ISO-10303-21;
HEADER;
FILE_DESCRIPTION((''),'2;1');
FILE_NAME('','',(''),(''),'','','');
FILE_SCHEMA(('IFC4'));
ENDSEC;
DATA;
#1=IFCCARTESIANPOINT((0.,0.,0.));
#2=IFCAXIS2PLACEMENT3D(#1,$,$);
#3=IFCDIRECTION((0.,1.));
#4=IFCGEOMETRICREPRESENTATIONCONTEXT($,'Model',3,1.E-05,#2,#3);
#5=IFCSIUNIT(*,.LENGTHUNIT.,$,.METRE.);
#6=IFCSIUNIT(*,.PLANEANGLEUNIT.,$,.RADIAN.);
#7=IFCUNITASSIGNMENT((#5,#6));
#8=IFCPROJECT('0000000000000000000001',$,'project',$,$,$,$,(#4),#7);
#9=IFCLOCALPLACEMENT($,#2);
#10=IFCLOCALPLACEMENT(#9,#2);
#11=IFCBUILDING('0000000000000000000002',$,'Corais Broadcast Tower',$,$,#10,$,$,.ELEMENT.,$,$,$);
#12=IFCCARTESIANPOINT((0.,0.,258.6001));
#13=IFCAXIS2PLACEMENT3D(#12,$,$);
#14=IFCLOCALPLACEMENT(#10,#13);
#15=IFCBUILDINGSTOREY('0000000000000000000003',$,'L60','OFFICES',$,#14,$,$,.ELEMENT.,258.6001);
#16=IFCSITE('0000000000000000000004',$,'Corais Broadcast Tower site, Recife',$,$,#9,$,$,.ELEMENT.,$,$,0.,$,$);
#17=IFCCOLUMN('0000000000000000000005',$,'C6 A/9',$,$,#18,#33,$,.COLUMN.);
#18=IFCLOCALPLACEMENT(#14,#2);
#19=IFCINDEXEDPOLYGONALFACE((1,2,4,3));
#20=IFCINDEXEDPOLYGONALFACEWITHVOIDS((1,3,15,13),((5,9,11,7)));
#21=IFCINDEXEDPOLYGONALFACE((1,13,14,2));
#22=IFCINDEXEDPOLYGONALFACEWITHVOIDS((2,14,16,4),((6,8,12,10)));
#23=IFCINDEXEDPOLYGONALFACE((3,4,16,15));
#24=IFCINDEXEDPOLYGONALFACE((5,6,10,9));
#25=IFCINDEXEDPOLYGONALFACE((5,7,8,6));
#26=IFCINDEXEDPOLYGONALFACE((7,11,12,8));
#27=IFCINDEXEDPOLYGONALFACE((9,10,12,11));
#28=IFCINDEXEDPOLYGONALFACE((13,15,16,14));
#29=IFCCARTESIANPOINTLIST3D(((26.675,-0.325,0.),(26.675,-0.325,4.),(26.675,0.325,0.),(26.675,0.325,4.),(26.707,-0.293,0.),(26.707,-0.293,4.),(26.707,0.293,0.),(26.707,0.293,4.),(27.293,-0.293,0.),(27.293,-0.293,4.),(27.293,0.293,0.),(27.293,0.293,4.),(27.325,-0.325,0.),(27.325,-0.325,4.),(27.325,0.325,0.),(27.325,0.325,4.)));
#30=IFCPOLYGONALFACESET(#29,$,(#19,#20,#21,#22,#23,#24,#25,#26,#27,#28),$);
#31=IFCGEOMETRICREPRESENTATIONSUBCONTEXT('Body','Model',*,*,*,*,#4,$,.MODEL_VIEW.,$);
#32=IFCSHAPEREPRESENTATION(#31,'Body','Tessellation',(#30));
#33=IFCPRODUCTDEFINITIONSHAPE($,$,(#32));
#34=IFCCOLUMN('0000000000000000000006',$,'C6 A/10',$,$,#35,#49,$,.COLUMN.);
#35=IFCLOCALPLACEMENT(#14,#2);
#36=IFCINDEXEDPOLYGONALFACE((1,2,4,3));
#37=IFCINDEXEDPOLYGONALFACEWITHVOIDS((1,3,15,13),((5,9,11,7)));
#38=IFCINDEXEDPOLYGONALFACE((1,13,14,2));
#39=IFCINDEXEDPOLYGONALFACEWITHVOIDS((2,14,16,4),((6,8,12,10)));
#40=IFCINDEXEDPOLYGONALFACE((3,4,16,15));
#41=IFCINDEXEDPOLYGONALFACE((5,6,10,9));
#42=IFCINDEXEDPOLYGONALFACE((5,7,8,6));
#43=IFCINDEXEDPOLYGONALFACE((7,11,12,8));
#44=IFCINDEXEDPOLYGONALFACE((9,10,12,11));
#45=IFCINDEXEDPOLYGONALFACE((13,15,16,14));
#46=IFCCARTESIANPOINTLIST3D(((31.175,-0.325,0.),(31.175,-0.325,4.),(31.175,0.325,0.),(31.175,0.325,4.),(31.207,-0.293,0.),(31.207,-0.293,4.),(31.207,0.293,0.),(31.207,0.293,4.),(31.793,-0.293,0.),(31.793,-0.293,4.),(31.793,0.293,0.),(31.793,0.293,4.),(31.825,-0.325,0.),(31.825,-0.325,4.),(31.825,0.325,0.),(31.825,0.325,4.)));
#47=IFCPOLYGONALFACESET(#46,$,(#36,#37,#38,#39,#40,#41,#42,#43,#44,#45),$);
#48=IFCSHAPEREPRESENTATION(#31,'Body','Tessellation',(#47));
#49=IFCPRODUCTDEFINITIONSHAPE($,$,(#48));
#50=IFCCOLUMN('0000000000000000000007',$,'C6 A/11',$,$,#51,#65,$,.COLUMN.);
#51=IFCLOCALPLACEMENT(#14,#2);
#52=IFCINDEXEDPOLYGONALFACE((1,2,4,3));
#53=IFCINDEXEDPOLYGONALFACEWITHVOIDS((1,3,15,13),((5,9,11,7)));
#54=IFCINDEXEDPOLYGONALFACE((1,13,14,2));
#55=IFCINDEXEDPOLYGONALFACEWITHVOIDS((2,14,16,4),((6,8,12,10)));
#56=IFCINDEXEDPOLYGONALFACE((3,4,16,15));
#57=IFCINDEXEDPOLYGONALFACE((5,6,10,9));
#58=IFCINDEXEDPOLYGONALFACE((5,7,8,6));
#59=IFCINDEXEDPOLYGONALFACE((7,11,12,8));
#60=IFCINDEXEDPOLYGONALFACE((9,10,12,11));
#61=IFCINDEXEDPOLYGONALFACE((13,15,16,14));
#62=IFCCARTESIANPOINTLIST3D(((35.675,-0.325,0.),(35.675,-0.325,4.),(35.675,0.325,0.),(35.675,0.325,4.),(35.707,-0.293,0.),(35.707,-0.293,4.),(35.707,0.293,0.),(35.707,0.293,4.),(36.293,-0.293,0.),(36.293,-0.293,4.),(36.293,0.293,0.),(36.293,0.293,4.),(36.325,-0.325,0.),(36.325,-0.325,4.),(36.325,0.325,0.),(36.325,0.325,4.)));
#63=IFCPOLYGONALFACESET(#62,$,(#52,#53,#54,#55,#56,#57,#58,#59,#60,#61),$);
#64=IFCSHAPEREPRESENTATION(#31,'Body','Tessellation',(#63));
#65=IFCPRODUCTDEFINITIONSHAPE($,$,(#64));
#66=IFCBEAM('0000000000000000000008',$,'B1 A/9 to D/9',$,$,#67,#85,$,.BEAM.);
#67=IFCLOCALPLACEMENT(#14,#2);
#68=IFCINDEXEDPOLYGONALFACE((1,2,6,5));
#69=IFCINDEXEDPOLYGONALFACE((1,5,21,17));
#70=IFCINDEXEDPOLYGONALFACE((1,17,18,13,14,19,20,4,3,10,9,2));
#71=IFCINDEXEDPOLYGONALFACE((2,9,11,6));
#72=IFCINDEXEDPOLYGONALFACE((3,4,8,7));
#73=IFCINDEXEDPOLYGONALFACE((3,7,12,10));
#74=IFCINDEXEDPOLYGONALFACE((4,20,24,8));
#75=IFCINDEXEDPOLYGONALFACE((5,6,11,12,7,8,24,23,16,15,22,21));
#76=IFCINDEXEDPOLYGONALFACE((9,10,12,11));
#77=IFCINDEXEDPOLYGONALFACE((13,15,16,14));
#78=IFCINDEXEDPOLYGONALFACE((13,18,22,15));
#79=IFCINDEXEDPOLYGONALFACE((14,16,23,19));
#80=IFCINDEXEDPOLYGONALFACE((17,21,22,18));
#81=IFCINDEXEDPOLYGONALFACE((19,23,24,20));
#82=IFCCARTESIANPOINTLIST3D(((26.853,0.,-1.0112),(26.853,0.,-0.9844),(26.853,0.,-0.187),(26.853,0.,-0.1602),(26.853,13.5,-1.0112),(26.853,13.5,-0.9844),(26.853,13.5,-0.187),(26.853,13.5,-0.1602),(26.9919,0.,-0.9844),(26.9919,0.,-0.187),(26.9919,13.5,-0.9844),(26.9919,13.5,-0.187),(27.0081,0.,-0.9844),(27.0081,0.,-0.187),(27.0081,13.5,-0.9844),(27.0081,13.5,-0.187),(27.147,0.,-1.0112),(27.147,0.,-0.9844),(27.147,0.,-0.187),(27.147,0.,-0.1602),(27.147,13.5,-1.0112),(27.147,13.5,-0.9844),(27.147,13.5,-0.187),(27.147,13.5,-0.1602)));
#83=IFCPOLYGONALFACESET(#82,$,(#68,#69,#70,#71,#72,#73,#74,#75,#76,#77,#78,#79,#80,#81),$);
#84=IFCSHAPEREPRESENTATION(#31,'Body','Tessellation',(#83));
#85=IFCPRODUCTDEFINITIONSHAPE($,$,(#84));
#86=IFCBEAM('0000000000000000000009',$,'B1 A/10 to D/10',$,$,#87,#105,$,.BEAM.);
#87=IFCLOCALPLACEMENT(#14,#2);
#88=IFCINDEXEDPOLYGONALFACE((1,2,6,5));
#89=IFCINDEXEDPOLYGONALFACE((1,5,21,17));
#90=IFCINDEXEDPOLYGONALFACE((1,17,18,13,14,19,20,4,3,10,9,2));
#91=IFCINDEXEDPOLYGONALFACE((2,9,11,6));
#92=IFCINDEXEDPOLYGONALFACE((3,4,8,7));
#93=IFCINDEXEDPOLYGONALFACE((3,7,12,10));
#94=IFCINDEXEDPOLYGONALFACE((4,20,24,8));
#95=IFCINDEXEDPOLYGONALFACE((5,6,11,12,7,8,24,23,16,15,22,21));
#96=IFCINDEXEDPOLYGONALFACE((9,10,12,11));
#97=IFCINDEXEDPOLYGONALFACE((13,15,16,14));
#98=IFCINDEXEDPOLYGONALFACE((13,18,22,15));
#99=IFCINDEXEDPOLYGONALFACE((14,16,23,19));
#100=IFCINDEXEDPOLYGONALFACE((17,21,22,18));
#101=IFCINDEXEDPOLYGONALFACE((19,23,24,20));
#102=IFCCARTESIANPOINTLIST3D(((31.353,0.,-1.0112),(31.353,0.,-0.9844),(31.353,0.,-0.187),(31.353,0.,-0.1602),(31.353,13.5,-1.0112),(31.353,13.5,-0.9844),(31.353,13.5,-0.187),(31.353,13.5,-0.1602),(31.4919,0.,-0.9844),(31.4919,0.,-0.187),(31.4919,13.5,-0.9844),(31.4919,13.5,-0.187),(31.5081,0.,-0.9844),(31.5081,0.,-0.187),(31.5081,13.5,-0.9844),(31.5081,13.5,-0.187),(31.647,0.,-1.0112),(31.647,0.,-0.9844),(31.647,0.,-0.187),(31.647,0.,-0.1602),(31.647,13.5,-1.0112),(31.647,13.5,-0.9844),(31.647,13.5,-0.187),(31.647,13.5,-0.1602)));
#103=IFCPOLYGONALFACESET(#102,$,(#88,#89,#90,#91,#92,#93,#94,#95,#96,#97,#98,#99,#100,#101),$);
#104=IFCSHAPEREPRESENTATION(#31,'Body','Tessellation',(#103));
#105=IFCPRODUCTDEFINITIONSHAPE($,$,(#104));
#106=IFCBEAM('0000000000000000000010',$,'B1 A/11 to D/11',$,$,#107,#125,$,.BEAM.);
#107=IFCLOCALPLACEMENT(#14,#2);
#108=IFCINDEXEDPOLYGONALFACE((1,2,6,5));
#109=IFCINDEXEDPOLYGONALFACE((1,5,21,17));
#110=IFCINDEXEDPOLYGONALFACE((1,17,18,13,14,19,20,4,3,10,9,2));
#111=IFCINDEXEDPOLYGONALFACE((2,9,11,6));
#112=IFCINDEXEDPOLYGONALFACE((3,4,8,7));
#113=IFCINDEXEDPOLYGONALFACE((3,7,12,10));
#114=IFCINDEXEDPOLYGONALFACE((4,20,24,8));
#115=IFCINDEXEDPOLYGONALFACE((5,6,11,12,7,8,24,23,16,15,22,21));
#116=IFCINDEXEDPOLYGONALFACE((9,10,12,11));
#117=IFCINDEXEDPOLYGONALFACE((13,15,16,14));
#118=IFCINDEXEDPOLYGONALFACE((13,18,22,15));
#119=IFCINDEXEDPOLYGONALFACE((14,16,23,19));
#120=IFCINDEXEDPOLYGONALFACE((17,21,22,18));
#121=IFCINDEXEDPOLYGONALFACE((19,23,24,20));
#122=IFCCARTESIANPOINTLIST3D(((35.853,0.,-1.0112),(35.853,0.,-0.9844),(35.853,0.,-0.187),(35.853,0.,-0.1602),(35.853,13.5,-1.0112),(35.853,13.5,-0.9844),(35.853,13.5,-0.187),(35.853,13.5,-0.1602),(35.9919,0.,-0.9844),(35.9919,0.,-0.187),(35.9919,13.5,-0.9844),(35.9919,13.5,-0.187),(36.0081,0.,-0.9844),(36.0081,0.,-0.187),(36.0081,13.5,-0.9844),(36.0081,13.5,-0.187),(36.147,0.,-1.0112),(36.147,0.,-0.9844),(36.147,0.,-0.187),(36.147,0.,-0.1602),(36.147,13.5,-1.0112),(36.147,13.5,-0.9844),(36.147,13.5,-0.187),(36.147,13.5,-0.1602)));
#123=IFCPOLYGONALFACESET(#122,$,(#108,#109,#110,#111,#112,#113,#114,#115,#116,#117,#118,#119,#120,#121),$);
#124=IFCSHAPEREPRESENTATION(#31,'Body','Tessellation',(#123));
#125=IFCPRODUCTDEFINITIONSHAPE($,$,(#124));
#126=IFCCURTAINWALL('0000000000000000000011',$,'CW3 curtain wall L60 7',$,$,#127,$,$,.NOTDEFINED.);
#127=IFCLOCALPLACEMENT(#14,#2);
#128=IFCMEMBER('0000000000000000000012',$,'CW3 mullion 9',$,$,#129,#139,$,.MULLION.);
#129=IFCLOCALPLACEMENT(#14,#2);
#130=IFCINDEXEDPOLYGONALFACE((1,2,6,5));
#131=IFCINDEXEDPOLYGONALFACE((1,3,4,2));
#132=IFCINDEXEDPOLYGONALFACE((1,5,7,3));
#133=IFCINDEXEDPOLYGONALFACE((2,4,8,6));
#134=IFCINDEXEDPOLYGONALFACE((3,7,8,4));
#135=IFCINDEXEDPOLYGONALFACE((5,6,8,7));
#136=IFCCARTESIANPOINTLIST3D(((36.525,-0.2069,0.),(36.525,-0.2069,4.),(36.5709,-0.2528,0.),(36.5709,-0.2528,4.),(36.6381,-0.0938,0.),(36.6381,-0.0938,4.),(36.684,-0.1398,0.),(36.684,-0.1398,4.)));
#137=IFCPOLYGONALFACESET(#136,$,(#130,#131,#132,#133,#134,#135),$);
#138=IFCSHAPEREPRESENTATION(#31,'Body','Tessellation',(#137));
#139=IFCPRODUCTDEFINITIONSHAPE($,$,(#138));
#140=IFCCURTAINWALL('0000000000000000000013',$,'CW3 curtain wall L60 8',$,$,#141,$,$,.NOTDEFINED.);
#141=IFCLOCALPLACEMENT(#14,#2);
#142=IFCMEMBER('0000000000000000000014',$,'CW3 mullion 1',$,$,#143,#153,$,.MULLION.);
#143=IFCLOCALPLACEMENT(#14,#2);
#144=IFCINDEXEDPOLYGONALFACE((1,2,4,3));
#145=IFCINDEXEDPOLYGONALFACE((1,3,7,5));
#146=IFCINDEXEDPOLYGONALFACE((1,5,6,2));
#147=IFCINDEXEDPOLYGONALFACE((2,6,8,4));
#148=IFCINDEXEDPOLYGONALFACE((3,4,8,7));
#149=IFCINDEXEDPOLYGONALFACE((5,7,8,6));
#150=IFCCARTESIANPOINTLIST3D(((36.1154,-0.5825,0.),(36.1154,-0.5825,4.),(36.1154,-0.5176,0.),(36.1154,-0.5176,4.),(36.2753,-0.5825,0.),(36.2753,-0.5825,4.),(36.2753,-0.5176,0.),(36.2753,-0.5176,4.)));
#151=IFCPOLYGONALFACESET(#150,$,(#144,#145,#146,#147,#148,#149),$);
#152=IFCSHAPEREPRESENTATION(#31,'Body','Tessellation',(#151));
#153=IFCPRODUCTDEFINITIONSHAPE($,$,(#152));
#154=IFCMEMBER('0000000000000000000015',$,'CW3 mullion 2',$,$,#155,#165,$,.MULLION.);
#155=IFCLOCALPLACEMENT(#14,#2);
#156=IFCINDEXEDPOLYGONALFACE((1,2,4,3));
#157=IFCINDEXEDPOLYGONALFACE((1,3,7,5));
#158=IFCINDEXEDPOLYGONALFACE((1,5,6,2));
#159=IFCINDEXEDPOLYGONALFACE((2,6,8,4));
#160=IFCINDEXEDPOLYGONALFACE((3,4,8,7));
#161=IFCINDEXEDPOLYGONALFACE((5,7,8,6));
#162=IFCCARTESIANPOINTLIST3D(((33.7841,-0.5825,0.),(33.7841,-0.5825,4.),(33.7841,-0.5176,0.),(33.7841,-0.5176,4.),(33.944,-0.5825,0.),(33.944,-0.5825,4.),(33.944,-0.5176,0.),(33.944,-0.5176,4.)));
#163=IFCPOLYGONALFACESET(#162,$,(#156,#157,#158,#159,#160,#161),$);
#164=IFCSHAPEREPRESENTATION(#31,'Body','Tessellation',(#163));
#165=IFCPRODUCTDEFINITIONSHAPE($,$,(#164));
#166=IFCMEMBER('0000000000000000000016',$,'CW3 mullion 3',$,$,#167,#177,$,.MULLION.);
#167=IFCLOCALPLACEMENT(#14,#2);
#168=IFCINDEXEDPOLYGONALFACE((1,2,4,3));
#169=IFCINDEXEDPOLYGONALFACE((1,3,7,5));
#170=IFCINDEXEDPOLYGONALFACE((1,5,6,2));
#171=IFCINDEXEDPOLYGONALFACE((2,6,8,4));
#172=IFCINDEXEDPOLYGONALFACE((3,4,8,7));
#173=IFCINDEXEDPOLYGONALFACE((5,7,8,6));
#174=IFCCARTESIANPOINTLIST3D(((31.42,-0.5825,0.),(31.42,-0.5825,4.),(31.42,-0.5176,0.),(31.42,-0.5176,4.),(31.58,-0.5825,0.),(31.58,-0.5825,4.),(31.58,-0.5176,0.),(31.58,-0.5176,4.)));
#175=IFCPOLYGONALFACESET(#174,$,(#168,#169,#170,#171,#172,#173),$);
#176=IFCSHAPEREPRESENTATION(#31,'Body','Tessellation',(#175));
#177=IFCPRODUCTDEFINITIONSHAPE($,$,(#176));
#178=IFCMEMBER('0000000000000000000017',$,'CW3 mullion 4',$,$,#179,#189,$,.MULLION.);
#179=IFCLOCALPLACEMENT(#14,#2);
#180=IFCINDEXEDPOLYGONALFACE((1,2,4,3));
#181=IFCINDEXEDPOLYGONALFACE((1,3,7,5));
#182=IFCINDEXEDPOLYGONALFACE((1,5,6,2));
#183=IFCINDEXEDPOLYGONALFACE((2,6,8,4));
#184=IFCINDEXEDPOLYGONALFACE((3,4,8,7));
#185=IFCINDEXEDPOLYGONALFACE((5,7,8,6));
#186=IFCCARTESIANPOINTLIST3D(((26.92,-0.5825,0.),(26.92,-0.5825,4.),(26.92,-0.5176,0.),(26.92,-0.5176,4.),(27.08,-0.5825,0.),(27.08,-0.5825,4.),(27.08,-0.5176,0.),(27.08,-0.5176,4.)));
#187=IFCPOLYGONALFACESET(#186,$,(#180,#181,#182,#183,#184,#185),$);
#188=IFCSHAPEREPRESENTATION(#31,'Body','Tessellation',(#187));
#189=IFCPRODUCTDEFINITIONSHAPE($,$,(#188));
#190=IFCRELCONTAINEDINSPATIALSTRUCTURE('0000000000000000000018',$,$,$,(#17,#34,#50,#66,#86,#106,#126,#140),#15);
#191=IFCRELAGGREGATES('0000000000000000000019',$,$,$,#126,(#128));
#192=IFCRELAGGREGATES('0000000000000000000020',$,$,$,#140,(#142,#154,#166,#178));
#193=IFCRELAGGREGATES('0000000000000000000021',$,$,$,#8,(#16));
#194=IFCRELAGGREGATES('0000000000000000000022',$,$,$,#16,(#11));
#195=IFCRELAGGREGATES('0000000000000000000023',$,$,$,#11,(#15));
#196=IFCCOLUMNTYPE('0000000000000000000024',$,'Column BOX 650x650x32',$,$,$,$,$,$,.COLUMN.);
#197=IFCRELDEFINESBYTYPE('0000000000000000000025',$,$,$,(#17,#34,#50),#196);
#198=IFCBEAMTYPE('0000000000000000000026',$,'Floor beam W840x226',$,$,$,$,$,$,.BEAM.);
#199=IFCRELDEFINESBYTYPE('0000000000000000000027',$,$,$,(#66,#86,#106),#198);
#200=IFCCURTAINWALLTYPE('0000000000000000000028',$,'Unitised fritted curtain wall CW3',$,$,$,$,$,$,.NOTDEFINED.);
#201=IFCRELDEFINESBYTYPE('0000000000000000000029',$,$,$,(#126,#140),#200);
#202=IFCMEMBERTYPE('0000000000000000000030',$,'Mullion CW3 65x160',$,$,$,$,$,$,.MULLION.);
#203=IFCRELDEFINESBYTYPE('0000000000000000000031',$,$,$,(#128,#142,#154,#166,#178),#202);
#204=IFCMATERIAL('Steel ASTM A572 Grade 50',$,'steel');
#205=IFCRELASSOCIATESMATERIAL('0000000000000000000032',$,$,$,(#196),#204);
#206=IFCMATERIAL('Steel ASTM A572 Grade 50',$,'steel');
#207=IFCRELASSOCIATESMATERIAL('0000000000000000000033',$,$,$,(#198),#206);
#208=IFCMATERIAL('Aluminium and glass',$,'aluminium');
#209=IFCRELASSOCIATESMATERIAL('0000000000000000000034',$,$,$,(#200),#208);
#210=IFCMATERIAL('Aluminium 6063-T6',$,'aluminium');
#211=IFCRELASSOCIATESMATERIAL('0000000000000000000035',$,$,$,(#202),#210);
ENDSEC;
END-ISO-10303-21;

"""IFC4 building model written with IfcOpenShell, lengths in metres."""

from ifc_helpers import new_model, si_unit, direction, frame, origin, origin_2d, place, context, subcontext, project, spatial, rectangle, hollow_rectangle, i_section, extrude, material, material_profile, profile_set, type_object, element, aggregate, save


model = new_model("IFC4")

# Units and contexts
model_context = context("Model", 3, precision=1e-05, world=origin(), true_north=direction((0.0, 1.0)))
body_context = subcontext(model_context, "Body", "Model", "MODEL_VIEW")
ifc_project = project(units=[si_unit("LENGTHUNIT", "METRE"), si_unit("PLANEANGLEUNIT", "RADIAN")], contexts=[model_context])

# Site, building, storey
site_placement = place(None, origin())
site = spatial("IfcSite", under=ifc_project, at=site_placement, Name="Corais Broadcast Tower site, Recife", CompositionType="ELEMENT", RefElevation=0.0)
building_placement = place(site_placement, origin())
building = spatial("IfcBuilding", under=site, at=building_placement, Name="Corais Broadcast Tower", CompositionType="ELEMENT")
storey_placement = place(building_placement, frame((0.0, 0.0, 258.6001)))
storey = spatial("IfcBuildingStorey", under=building, at=storey_placement, Name="L60", Description="OFFICES", CompositionType="ELEMENT", Elevation=258.6001)

# Columns
ifc_material_1 = material(Name="Steel ASTM A572 Grade 50", Category="steel")
ifc_material_profile_1 = material_profile(ifc_material_1, hollow_rectangle(XDim=0.6499, YDim=0.6499, WallThickness=0.032, at=origin_2d()), Name="BOX 650x650x32")
ifc_profile_set_1 = profile_set([ifc_material_profile_1], Name="Steel ASTM A572 Grade 50")
column_type = type_object("IfcColumnType", Name="Column BOX 650x650x32", PredefinedType="COLUMN", material=ifc_profile_set_1)
for number, where, z_axis, x_axis, name in (
    (1, (27.0, 0.0, 0.0), (0.0, 0.0, 1.0), (1.0, 0.0, 0.0), "C6 A/9"),
    (2, (31.5, 0.0, 0.0), (0.0, 0.0, 1.0), (1.0, 0.0, 0.0), "C6 A/10"),
    (3, (36.0, 0.0, 0.0), (0.0, 0.0, 1.0), (1.0, 0.0, 0.0), "C6 A/11"),
):
    element("IfcColumn", number, at=place(storey_placement, frame(where, z_axis=z_axis, x_axis=x_axis)), inside=storey, type_object=column_type, Name=name, PredefinedType="COLUMN", context=body_context, shape_type="SweptSolid", body=[
        extrude(hollow_rectangle(XDim=0.6499, YDim=0.6499, WallThickness=0.032, at=origin_2d()), origin(), (0.0, 0.0, 1.0), 4.0),
    ])

# Beams
ifc_material_2 = material(Name="Steel ASTM A572 Grade 50", Category="steel")
ifc_material_profile_2 = material_profile(ifc_material_2, i_section(OverallWidth=0.2939, OverallDepth=0.8511, WebThickness=0.0161, FlangeThickness=0.0269, at=origin_2d()), Name="W840x226")
ifc_profile_set_2 = profile_set([ifc_material_profile_2], Name="Steel ASTM A572 Grade 50")
beam_type_1 = type_object("IfcBeamType", Name="Floor beam W840x226", PredefinedType="BEAM", material=ifc_profile_set_2)
for number, where, z_axis, x_axis, name in (
    (4, (27.0, 0.0, -0.5857), (0.0, 1.0, 0.0), (-1.0, 0.0, 0.0), "B1 A/9 to D/9"),
    (5, (31.5, 0.0, -0.5857), (0.0, 1.0, 0.0), (-1.0, 0.0, 0.0), "B1 A/10 to D/10"),
    (6, (36.0, 0.0, -0.5857), (0.0, 1.0, 0.0), (-1.0, 0.0, 0.0), "B1 A/11 to D/11"),
):
    element("IfcBeam", number, at=place(storey_placement, frame(where, z_axis=z_axis, x_axis=x_axis)), inside=storey, type_object=beam_type_1, Name=name, PredefinedType="BEAM", context=body_context, shape_type="SweptSolid", body=[
        extrude(i_section(OverallWidth=0.2939, OverallDepth=0.8511, WebThickness=0.0161, FlangeThickness=0.0269, at=origin_2d()), origin(), (0.0, 0.0, 1.0), 13.5),
    ])

# Curtain wall, member
ifc_material_3 = material(Name="Aluminium and glass", Category="aluminium")
curtain_wall_type = type_object("IfcCurtainWallType", Name="Unitised fritted curtain wall CW3", PredefinedType="NOTDEFINED", material=ifc_material_3)
curtain_wall_1_placement = place(storey_placement, origin())
curtain_wall_1 = element("IfcCurtainWall", 7, at=curtain_wall_1_placement, inside=storey, type_object=curtain_wall_type, Name="CW3 curtain wall L60 7", PredefinedType="NOTDEFINED")
ifc_material_4 = material(Name="Aluminium 6063-T6", Category="aluminium")
ifc_material_profile_3 = material_profile(ifc_material_4, rectangle(XDim=0.0649, YDim=0.1599, at=origin_2d()), Name="Mullion CW3 65x160")
ifc_profile_set_3 = profile_set([ifc_material_profile_3], Name="Aluminium 6063-T6")
member_type_1 = type_object("IfcMemberType", Name="Mullion CW3 65x160", PredefinedType="MULLION", material=ifc_profile_set_3)
member_1_placement = place(storey_placement, frame((36.6045, -0.1733, 0.0), z_axis=(0.0, 0.0, 1.0), x_axis=(0.707107, -0.707107, 0.0)))
member_1 = element("IfcMember", 8, at=member_1_placement, type_object=member_type_1, Name="CW3 mullion 9", PredefinedType="MULLION", context=body_context, shape_type="SweptSolid", body=[
    extrude(rectangle(XDim=0.0649, YDim=0.1599, at=origin_2d()), origin(), (0.0, 0.0, 1.0), 4.0),
])
aggregate(curtain_wall_1, [member_1])

# Curtain wall, members
curtain_wall_2_placement = place(storey_placement, origin())
curtain_wall_2 = element("IfcCurtainWall", 9, at=curtain_wall_2_placement, inside=storey, type_object=curtain_wall_type, Name="CW3 curtain wall L60 8", PredefinedType="NOTDEFINED")
member_2_placement = place(storey_placement, frame((36.1953, -0.55, 0.0), z_axis=(0.0, 0.0, 1.0), x_axis=(0.0, -1.0, 0.0)))
member_2 = element("IfcMember", 10, at=member_2_placement, type_object=member_type_1, Name="CW3 mullion 1", PredefinedType="MULLION", context=body_context, shape_type="SweptSolid", body=[
    extrude(rectangle(XDim=0.0649, YDim=0.1599, at=origin_2d()), origin(), (0.0, 0.0, 1.0), 4.0),
])
member_3_placement = place(storey_placement, frame((33.864, -0.55, 0.0), z_axis=(0.0, 0.0, 1.0), x_axis=(0.0, -1.0, 0.0)))
member_3 = element("IfcMember", 11, at=member_3_placement, type_object=member_type_1, Name="CW3 mullion 2", PredefinedType="MULLION", context=body_context, shape_type="SweptSolid", body=[
    extrude(rectangle(XDim=0.0649, YDim=0.1599, at=origin_2d()), origin(), (0.0, 0.0, 1.0), 4.0),
])
member_4_placement = place(storey_placement, frame((31.5, -0.55, 0.0), z_axis=(0.0, 0.0, 1.0), x_axis=(0.0, -1.0, 0.0)))
member_4 = element("IfcMember", 12, at=member_4_placement, type_object=member_type_1, Name="CW3 mullion 3", PredefinedType="MULLION", context=body_context, shape_type="SweptSolid", body=[
    extrude(rectangle(XDim=0.0649, YDim=0.1599, at=origin_2d()), origin(), (0.0, 0.0, 1.0), 4.0),
])
member_5_placement = place(storey_placement, frame((27.0, -0.55, 0.0), z_axis=(0.0, 0.0, 1.0), x_axis=(0.0, -1.0, 0.0)))
member_5 = element("IfcMember", 13, at=member_5_placement, type_object=member_type_1, Name="CW3 mullion 4", PredefinedType="MULLION", context=body_context, shape_type="SweptSolid", body=[
    extrude(rectangle(XDim=0.0649, YDim=0.1599, at=origin_2d()), origin(), (0.0, 0.0, 1.0), 4.0),
])

aggregate(curtain_wall_2, [member_2, member_3, member_4, member_5])

save(model, "model.ifc")
